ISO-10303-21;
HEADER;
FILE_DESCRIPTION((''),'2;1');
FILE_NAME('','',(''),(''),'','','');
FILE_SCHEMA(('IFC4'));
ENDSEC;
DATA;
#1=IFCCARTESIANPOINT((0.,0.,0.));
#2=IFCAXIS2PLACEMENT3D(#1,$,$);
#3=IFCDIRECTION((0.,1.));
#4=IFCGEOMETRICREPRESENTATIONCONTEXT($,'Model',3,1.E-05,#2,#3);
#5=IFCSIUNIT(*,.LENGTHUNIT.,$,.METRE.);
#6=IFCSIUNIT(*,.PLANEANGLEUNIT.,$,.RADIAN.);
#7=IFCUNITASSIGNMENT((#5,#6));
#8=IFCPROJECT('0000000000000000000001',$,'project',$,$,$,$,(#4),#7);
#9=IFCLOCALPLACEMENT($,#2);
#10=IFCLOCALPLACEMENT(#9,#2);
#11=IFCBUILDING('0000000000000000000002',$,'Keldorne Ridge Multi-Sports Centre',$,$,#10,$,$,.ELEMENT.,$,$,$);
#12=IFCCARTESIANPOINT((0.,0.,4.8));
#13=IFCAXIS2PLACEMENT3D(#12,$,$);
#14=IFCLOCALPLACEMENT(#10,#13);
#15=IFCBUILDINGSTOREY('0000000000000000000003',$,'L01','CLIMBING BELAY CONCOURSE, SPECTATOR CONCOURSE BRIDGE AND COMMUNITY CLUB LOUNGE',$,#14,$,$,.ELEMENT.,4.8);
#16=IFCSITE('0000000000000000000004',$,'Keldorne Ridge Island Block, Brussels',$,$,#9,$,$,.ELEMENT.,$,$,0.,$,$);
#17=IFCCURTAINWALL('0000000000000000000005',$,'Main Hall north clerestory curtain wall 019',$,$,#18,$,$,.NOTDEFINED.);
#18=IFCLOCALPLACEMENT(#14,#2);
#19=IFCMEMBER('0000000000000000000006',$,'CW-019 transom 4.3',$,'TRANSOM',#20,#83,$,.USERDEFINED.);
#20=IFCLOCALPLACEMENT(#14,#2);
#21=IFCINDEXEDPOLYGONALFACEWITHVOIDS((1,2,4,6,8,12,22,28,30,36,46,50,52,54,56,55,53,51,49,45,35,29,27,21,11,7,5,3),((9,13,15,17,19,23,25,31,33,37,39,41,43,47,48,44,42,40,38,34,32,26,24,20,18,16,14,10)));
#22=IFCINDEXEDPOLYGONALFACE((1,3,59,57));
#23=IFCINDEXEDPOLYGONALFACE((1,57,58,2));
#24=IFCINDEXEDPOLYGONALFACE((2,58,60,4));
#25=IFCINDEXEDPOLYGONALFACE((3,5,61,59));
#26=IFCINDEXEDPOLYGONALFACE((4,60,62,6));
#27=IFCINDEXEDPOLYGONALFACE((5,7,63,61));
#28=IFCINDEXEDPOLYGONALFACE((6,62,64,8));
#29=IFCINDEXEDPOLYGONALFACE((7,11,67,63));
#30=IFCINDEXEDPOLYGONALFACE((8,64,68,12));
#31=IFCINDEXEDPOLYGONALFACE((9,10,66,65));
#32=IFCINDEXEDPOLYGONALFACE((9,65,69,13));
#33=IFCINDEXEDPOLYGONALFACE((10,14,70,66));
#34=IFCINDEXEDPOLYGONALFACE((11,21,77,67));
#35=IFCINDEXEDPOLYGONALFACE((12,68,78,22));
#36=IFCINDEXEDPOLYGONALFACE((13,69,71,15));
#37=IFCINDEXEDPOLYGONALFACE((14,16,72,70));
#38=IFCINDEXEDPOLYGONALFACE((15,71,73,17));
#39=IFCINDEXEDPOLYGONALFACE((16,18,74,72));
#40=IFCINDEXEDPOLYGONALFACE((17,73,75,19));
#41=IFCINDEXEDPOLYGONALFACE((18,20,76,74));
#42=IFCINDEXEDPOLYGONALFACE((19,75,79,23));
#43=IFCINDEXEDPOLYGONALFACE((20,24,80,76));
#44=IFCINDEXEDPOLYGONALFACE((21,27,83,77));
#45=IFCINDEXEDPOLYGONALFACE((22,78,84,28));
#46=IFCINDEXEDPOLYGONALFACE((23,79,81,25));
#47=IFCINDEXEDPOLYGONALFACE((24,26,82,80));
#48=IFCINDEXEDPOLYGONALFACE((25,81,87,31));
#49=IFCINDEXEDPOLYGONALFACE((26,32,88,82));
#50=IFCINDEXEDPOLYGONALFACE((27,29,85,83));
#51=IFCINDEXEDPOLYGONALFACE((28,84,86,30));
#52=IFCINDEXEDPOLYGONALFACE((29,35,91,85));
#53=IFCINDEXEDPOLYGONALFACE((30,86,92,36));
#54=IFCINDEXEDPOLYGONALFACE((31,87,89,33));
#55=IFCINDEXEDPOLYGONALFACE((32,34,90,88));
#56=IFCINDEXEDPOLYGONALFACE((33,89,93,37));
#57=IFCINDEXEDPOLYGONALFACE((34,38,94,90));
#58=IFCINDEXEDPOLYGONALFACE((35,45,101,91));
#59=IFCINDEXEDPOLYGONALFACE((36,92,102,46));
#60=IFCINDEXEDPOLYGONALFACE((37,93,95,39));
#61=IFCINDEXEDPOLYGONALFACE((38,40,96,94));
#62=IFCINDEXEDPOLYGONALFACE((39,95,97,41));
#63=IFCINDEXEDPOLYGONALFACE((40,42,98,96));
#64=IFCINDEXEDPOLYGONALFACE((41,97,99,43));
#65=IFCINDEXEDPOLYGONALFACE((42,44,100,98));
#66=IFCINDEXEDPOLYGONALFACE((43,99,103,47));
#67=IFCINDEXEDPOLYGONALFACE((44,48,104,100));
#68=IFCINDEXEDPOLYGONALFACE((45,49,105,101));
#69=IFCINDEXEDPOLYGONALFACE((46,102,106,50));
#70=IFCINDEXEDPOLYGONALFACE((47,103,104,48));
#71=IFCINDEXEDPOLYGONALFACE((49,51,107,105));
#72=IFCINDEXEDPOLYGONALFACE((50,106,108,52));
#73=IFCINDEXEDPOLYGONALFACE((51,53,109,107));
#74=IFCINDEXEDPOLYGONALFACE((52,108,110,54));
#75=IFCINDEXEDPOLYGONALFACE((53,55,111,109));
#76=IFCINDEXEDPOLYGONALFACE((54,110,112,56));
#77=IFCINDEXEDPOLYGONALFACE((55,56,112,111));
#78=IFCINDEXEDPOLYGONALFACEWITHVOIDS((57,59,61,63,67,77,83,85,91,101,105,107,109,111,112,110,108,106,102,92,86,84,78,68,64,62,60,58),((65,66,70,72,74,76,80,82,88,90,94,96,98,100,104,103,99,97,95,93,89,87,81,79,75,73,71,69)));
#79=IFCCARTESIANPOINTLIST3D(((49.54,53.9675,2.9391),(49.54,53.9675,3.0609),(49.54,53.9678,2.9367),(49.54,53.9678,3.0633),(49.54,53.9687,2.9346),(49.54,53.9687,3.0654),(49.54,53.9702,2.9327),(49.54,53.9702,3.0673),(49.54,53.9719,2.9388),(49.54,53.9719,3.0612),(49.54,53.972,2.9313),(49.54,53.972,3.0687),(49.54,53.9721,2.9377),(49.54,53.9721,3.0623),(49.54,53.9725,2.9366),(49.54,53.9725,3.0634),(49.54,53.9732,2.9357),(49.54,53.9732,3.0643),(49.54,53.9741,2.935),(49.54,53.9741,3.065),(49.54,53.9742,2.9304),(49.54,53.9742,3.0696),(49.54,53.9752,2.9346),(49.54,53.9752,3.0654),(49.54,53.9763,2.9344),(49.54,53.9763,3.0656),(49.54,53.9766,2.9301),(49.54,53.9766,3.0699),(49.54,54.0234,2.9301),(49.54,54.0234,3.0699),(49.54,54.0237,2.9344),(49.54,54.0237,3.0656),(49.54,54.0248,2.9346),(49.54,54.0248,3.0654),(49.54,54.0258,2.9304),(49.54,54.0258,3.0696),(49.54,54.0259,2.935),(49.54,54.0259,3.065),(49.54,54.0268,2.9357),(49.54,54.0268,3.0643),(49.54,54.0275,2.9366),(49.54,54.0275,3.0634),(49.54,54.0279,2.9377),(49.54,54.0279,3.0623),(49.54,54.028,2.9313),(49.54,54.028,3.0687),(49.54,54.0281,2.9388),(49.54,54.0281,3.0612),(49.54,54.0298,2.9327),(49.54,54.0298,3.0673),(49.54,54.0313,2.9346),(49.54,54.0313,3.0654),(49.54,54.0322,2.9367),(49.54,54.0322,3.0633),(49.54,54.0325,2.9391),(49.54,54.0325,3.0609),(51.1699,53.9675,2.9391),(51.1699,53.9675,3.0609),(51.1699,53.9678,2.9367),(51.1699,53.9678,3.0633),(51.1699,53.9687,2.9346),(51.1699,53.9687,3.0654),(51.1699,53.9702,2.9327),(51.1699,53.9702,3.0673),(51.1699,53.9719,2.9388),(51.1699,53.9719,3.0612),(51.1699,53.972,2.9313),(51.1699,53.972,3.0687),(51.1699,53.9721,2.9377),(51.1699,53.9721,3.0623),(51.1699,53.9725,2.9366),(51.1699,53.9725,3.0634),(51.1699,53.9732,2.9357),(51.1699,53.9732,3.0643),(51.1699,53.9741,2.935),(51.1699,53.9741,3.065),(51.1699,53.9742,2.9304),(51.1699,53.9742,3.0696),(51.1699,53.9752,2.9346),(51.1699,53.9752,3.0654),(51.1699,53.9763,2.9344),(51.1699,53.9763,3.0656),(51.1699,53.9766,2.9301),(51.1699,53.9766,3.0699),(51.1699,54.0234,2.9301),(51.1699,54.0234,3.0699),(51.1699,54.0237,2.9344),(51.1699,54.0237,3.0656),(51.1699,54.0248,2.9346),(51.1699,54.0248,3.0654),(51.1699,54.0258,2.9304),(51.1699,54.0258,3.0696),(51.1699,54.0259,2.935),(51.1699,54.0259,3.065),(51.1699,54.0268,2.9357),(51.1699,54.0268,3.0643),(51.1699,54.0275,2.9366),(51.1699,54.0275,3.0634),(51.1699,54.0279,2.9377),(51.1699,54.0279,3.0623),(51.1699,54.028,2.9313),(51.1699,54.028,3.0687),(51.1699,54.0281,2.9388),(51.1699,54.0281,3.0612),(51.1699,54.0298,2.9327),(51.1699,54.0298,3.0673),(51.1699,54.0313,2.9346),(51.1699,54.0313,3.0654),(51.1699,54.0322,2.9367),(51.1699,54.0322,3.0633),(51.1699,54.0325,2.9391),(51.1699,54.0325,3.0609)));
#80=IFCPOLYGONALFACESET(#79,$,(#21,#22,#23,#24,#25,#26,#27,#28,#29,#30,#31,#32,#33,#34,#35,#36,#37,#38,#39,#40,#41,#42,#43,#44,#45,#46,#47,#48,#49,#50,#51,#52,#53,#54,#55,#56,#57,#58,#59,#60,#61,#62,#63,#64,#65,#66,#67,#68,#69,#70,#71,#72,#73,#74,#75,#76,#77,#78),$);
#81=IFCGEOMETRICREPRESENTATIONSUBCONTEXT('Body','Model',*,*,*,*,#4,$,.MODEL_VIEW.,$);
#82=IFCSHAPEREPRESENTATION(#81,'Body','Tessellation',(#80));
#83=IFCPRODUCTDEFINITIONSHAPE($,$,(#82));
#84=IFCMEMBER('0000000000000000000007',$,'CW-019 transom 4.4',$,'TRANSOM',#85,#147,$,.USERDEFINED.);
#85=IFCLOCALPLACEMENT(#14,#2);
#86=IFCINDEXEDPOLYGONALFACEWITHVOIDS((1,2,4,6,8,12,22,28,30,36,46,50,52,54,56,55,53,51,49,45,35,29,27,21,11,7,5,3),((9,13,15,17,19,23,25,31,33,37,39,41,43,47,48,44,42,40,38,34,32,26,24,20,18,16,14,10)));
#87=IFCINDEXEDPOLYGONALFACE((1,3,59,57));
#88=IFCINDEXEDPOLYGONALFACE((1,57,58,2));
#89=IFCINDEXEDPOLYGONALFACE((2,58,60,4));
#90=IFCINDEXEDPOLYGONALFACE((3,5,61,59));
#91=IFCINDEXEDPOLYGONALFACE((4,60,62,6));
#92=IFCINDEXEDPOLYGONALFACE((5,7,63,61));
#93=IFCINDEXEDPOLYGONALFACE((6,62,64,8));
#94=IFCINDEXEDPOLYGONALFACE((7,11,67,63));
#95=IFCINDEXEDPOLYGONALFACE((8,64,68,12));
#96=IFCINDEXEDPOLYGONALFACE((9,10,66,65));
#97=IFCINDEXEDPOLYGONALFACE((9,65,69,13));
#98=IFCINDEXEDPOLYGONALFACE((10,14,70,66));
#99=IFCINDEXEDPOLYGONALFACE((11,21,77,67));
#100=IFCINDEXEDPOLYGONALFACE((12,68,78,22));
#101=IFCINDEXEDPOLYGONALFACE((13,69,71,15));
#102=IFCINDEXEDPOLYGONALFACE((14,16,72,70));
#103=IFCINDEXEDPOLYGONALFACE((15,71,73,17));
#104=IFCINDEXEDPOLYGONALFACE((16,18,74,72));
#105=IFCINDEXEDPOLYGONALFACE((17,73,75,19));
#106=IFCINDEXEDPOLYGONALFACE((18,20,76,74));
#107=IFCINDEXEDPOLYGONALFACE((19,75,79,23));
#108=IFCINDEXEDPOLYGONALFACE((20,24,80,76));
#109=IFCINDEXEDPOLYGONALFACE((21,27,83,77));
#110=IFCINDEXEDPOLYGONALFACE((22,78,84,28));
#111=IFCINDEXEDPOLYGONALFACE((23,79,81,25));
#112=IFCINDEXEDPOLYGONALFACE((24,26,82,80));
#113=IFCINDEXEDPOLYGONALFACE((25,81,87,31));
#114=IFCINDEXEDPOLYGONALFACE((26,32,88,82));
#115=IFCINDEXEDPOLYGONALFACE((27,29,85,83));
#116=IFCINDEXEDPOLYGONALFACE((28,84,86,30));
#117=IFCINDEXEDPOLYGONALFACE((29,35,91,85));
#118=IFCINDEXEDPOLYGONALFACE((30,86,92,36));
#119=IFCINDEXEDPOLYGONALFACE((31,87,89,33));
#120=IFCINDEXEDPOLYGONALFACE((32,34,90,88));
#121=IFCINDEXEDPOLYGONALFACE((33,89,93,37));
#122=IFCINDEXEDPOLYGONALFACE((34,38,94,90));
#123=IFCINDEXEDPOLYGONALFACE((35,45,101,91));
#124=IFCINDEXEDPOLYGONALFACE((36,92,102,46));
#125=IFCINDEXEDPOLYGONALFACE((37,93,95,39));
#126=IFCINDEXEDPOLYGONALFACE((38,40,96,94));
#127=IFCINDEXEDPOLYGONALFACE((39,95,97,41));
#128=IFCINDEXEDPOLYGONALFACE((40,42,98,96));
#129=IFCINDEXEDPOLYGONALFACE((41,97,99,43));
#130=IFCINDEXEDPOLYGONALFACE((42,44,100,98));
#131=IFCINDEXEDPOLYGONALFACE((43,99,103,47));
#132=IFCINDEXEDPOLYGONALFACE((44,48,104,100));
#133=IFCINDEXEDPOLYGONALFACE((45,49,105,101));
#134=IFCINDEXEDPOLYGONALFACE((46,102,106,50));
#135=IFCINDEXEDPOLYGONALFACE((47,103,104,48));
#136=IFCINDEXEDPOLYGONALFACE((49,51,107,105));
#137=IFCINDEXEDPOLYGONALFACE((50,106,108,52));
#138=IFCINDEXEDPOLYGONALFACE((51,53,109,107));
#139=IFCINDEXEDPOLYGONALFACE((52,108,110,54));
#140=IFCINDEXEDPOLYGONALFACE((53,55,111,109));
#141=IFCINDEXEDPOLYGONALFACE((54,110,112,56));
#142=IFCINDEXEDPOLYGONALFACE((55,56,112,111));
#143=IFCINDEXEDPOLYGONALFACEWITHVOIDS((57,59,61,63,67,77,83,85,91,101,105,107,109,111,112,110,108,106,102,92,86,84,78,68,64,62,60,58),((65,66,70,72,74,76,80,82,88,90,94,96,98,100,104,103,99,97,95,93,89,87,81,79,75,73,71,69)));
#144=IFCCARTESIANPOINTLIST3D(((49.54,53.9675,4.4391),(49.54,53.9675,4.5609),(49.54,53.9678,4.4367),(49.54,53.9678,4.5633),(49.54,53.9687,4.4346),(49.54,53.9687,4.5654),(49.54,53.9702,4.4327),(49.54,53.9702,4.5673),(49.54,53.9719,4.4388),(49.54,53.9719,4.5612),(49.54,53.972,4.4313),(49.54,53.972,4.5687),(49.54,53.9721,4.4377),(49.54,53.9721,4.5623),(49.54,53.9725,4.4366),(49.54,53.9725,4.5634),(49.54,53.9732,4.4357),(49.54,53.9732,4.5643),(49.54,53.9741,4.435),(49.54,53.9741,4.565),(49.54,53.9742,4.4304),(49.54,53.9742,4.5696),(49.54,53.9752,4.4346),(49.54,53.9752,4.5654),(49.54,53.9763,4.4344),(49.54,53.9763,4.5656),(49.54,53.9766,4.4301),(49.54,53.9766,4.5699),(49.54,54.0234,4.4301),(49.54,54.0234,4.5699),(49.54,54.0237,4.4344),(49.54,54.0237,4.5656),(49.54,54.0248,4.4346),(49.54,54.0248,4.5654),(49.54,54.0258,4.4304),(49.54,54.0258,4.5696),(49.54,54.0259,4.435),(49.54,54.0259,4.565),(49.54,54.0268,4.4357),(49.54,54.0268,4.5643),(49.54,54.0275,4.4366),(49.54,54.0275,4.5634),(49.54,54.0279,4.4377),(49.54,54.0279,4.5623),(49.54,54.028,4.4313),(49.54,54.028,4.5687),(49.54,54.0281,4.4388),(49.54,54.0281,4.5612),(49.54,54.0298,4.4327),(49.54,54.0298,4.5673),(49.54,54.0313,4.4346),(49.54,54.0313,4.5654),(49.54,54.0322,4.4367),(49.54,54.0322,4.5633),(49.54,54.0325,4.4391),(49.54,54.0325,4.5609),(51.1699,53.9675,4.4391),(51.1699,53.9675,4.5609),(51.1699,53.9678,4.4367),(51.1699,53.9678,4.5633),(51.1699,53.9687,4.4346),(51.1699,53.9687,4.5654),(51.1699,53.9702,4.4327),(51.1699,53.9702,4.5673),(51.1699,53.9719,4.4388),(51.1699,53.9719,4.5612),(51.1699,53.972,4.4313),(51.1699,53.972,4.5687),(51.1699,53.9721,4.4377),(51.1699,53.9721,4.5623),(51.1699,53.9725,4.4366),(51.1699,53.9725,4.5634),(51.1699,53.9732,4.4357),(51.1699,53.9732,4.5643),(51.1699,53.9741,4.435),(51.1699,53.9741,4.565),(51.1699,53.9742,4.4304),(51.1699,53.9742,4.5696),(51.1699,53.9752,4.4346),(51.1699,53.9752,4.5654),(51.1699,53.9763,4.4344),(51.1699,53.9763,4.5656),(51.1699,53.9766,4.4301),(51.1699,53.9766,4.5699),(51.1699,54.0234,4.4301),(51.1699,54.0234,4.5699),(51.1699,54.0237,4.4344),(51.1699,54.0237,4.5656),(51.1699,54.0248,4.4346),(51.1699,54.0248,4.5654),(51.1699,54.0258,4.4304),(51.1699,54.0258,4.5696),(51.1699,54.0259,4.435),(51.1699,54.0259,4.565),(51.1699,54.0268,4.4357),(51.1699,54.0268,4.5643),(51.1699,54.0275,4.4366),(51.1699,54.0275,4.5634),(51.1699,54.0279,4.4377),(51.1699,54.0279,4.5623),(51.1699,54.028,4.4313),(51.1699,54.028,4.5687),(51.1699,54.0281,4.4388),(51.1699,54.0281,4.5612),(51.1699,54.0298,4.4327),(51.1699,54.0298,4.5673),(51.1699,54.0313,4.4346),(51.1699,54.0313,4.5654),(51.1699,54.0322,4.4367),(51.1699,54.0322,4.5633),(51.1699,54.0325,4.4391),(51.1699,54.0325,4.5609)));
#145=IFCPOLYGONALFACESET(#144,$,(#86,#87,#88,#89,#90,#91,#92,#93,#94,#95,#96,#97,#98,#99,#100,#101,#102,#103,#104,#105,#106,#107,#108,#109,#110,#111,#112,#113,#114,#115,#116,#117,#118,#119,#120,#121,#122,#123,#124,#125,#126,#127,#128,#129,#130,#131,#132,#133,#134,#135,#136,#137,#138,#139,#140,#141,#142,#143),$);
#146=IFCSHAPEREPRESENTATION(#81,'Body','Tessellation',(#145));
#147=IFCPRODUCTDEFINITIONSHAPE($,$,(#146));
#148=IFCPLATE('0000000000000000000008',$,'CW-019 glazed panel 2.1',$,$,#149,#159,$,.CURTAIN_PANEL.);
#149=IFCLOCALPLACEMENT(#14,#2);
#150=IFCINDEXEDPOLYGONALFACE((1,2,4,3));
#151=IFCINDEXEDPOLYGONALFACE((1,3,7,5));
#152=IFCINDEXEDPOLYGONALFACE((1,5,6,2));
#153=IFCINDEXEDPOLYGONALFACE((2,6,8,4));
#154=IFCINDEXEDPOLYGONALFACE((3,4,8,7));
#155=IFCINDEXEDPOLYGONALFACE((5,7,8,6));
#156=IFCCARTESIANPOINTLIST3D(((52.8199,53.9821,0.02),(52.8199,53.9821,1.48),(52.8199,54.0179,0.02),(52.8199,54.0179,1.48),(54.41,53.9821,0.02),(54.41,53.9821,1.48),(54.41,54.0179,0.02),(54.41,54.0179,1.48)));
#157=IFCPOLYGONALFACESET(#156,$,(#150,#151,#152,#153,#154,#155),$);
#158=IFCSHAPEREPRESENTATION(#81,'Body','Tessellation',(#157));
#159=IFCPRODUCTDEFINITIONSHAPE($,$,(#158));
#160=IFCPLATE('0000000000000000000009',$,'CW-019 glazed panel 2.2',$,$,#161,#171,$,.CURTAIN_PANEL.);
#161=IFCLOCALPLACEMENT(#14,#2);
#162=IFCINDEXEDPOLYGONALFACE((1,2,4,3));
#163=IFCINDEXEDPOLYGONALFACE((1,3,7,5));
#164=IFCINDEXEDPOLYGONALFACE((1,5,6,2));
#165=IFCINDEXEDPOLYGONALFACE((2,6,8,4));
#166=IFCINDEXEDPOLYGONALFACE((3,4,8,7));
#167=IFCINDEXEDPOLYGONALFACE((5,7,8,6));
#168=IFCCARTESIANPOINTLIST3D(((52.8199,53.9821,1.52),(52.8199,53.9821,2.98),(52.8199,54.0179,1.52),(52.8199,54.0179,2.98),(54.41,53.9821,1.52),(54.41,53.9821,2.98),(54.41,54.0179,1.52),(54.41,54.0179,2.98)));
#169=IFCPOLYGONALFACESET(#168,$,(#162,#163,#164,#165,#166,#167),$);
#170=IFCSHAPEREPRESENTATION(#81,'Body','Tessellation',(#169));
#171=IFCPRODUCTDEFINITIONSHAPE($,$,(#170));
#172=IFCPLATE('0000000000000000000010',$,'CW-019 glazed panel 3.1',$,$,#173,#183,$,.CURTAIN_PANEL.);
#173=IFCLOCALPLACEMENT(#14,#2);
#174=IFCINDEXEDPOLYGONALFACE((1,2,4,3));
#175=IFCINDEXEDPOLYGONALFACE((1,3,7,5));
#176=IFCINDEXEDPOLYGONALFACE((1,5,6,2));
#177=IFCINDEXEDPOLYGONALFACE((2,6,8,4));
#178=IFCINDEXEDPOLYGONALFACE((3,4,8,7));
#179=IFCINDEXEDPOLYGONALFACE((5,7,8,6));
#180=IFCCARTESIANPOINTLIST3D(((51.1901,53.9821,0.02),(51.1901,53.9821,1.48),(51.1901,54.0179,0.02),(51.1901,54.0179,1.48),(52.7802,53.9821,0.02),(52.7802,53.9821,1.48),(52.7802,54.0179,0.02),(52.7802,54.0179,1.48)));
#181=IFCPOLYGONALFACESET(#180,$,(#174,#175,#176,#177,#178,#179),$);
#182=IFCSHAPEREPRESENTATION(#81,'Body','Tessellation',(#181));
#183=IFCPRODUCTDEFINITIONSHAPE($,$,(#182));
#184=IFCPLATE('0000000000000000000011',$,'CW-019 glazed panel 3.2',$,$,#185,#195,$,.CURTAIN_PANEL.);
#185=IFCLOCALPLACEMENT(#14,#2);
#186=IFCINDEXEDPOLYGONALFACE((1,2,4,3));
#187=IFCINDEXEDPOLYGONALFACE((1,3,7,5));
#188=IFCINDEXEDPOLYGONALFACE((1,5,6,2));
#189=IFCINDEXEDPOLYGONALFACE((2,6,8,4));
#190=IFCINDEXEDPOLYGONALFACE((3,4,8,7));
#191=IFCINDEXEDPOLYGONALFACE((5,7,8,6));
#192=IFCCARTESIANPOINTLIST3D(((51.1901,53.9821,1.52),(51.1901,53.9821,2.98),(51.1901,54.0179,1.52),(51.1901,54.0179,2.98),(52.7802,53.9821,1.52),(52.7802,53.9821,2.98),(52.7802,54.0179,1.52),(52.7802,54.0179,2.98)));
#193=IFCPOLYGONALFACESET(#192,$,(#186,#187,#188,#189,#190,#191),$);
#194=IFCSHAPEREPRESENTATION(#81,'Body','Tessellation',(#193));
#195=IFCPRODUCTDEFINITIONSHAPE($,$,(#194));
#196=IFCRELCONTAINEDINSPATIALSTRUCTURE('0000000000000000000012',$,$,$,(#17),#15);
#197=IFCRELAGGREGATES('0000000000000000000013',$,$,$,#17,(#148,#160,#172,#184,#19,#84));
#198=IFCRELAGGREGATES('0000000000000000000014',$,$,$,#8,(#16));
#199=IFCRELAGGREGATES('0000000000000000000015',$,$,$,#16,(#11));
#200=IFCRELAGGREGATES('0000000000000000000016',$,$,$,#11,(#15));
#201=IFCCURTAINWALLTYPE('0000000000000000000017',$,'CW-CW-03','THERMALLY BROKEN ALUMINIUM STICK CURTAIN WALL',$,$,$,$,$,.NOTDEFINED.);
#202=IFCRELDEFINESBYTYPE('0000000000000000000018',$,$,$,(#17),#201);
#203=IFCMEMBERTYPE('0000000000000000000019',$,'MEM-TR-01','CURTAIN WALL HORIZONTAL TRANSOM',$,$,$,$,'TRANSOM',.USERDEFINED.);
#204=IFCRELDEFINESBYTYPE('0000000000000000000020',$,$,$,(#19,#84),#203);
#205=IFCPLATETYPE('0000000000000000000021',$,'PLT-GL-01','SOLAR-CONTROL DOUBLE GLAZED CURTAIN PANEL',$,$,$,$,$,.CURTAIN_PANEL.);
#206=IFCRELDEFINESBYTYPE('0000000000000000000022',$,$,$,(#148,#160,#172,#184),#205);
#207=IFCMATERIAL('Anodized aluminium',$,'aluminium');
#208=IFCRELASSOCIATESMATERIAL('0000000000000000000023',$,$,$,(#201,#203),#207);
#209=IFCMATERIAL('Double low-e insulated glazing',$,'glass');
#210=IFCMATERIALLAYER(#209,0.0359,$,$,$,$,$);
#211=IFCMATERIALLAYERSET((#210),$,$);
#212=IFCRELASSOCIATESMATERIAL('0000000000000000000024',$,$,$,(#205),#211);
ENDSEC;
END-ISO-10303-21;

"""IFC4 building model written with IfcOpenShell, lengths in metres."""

from ifc_helpers import new_model, si_unit, direction, frame, origin, origin_2d, place, context, subcontext, project, spatial, rectangle, hollow_rectangle, extrude, material, layer, layer_set, material_profile, profile_set, type_object, element, aggregate, save


model = new_model("IFC4")

# Units and contexts
model_context = context("Model", 3, precision=1e-05, world=origin(), true_north=direction((0.0, 1.0)))
body_context = subcontext(model_context, "Body", "Model", "MODEL_VIEW")
ifc_project = project(units=[si_unit("LENGTHUNIT", "METRE"), si_unit("PLANEANGLEUNIT", "RADIAN")], contexts=[model_context])

# Site, building, storey
site_placement = place(None, origin())
site = spatial("IfcSite", under=ifc_project, at=site_placement, Name="Keldorne Ridge Island Block, Brussels", CompositionType="ELEMENT", RefElevation=0.0)
building_placement = place(site_placement, origin())
building = spatial("IfcBuilding", under=site, at=building_placement, Name="Keldorne Ridge Multi-Sports Centre", CompositionType="ELEMENT")
storey_placement = place(building_placement, frame((0.0, 0.0, 4.8)))
storey = spatial("IfcBuildingStorey", under=building, at=storey_placement, Name="L01", Description="CLIMBING BELAY CONCOURSE, SPECTATOR CONCOURSE BRIDGE AND COMMUNITY CLUB LOUNGE", CompositionType="ELEMENT", Elevation=4.8)

# Curtain wall, members, plates
ifc_material_1 = material(Name="Anodized aluminium", Category="aluminium")
curtain_wall_type = type_object("IfcCurtainWallType", Name="CW-CW-03", Description="THERMALLY BROKEN ALUMINIUM STICK CURTAIN WALL", PredefinedType="NOTDEFINED", material=ifc_material_1)
curtain_wall_placement = place(storey_placement, origin())
curtain_wall = element("IfcCurtainWall", 1, at=curtain_wall_placement, inside=storey, type_object=curtain_wall_type, Name="Main Hall north clerestory curtain wall 019", PredefinedType="NOTDEFINED")
ifc_material_profile_1 = material_profile(ifc_material_1, hollow_rectangle(XDim=0.0649, YDim=0.1399, WallThickness=0.0044, InnerFilletRadius=0.0044, OuterFilletRadius=0.009, at=origin_2d()), Name="ALU TRANSOM 140x65x4.5")
ifc_profile_set_1 = profile_set([ifc_material_profile_1], Name="Anodized aluminium")
member_type_1 = type_object("IfcMemberType", Name="MEM-TR-01", Description="CURTAIN WALL HORIZONTAL TRANSOM", ElementType="TRANSOM", PredefinedType="USERDEFINED", material=ifc_profile_set_1)
member_1_placement = place(storey_placement, frame((51.1699, 54.0, 3.0), z_axis=(-1.0, 0.0, 0.0), x_axis=(0.0, -1.0, 0.0)))
member_1 = element("IfcMember", 2, at=member_1_placement, type_object=member_type_1, Name="CW-019 transom 4.3", ObjectType="TRANSOM", PredefinedType="USERDEFINED", context=body_context, shape_type="SweptSolid", body=[
    extrude(hollow_rectangle(XDim=0.0649, YDim=0.1399, WallThickness=0.0044, InnerFilletRadius=0.0044, OuterFilletRadius=0.009, at=origin_2d()), origin(), (0.0, 0.0, 1.0), 1.6299),
])
member_2_placement = place(storey_placement, frame((51.1699, 54.0, 4.5), z_axis=(-1.0, 0.0, 0.0), x_axis=(0.0, -1.0, 0.0)))
member_2 = element("IfcMember", 3, at=member_2_placement, type_object=member_type_1, Name="CW-019 transom 4.4", ObjectType="TRANSOM", PredefinedType="USERDEFINED", context=body_context, shape_type="SweptSolid", body=[
    extrude(hollow_rectangle(XDim=0.0649, YDim=0.1399, WallThickness=0.0044, InnerFilletRadius=0.0044, OuterFilletRadius=0.009, at=origin_2d()), origin(), (0.0, 0.0, 1.0), 1.6299),
])
ifc_material_2 = material(Name="Double low-e insulated glazing", Category="glass")
ifc_layer_1 = layer(ifc_material_2, 0.0359)
ifc_layer_set_1 = layer_set([ifc_layer_1])
plate_type = type_object("IfcPlateType", Name="PLT-GL-01", Description="SOLAR-CONTROL DOUBLE GLAZED CURTAIN PANEL", PredefinedType="CURTAIN_PANEL", material=ifc_layer_set_1)
plate_1_placement = place(storey_placement, frame((53.615, 54.0, 0.02), z_axis=(0.0, 0.0, 1.0), x_axis=(-1.0, 0.0, 0.0)))
plate_1 = element("IfcPlate", 4, at=plate_1_placement, type_object=plate_type, Name="CW-019 glazed panel 2.1", PredefinedType="CURTAIN_PANEL", context=body_context, shape_type="SweptSolid", body=[
    extrude(rectangle(XDim=1.5901, YDim=0.0359, at=origin_2d()), origin(), (0.0, 0.0, 1.0), 1.46),
])
plate_2_placement = place(storey_placement, frame((53.615, 54.0, 1.52), z_axis=(0.0, 0.0, 1.0), x_axis=(-1.0, 0.0, 0.0)))
plate_2 = element("IfcPlate", 5, at=plate_2_placement, type_object=plate_type, Name="CW-019 glazed panel 2.2", PredefinedType="CURTAIN_PANEL", context=body_context, shape_type="SweptSolid", body=[
    extrude(rectangle(XDim=1.5901, YDim=0.0359, at=origin_2d()), origin(), (0.0, 0.0, 1.0), 1.46),
])
plate_3_placement = place(storey_placement, frame((51.9851, 54.0, 0.02), z_axis=(0.0, 0.0, 1.0), x_axis=(-1.0, 0.0, 0.0)))
plate_3 = element("IfcPlate", 6, at=plate_3_placement, type_object=plate_type, Name="CW-019 glazed panel 3.1", PredefinedType="CURTAIN_PANEL", context=body_context, shape_type="SweptSolid", body=[
    extrude(rectangle(XDim=1.5901, YDim=0.0359, at=origin_2d()), origin(), (0.0, 0.0, 1.0), 1.46),
])
plate_4_placement = place(storey_placement, frame((51.9851, 54.0, 1.52), z_axis=(0.0, 0.0, 1.0), x_axis=(-1.0, 0.0, 0.0)))
plate_4 = element("IfcPlate", 7, at=plate_4_placement, type_object=plate_type, Name="CW-019 glazed panel 3.2", PredefinedType="CURTAIN_PANEL", context=body_context, shape_type="SweptSolid", body=[
    extrude(rectangle(XDim=1.5901, YDim=0.0359, at=origin_2d()), origin(), (0.0, 0.0, 1.0), 1.46),
])
aggregate(curtain_wall, [plate_1, plate_2, plate_3, plate_4, member_1, member_2])

save(model, "model.ifc")
